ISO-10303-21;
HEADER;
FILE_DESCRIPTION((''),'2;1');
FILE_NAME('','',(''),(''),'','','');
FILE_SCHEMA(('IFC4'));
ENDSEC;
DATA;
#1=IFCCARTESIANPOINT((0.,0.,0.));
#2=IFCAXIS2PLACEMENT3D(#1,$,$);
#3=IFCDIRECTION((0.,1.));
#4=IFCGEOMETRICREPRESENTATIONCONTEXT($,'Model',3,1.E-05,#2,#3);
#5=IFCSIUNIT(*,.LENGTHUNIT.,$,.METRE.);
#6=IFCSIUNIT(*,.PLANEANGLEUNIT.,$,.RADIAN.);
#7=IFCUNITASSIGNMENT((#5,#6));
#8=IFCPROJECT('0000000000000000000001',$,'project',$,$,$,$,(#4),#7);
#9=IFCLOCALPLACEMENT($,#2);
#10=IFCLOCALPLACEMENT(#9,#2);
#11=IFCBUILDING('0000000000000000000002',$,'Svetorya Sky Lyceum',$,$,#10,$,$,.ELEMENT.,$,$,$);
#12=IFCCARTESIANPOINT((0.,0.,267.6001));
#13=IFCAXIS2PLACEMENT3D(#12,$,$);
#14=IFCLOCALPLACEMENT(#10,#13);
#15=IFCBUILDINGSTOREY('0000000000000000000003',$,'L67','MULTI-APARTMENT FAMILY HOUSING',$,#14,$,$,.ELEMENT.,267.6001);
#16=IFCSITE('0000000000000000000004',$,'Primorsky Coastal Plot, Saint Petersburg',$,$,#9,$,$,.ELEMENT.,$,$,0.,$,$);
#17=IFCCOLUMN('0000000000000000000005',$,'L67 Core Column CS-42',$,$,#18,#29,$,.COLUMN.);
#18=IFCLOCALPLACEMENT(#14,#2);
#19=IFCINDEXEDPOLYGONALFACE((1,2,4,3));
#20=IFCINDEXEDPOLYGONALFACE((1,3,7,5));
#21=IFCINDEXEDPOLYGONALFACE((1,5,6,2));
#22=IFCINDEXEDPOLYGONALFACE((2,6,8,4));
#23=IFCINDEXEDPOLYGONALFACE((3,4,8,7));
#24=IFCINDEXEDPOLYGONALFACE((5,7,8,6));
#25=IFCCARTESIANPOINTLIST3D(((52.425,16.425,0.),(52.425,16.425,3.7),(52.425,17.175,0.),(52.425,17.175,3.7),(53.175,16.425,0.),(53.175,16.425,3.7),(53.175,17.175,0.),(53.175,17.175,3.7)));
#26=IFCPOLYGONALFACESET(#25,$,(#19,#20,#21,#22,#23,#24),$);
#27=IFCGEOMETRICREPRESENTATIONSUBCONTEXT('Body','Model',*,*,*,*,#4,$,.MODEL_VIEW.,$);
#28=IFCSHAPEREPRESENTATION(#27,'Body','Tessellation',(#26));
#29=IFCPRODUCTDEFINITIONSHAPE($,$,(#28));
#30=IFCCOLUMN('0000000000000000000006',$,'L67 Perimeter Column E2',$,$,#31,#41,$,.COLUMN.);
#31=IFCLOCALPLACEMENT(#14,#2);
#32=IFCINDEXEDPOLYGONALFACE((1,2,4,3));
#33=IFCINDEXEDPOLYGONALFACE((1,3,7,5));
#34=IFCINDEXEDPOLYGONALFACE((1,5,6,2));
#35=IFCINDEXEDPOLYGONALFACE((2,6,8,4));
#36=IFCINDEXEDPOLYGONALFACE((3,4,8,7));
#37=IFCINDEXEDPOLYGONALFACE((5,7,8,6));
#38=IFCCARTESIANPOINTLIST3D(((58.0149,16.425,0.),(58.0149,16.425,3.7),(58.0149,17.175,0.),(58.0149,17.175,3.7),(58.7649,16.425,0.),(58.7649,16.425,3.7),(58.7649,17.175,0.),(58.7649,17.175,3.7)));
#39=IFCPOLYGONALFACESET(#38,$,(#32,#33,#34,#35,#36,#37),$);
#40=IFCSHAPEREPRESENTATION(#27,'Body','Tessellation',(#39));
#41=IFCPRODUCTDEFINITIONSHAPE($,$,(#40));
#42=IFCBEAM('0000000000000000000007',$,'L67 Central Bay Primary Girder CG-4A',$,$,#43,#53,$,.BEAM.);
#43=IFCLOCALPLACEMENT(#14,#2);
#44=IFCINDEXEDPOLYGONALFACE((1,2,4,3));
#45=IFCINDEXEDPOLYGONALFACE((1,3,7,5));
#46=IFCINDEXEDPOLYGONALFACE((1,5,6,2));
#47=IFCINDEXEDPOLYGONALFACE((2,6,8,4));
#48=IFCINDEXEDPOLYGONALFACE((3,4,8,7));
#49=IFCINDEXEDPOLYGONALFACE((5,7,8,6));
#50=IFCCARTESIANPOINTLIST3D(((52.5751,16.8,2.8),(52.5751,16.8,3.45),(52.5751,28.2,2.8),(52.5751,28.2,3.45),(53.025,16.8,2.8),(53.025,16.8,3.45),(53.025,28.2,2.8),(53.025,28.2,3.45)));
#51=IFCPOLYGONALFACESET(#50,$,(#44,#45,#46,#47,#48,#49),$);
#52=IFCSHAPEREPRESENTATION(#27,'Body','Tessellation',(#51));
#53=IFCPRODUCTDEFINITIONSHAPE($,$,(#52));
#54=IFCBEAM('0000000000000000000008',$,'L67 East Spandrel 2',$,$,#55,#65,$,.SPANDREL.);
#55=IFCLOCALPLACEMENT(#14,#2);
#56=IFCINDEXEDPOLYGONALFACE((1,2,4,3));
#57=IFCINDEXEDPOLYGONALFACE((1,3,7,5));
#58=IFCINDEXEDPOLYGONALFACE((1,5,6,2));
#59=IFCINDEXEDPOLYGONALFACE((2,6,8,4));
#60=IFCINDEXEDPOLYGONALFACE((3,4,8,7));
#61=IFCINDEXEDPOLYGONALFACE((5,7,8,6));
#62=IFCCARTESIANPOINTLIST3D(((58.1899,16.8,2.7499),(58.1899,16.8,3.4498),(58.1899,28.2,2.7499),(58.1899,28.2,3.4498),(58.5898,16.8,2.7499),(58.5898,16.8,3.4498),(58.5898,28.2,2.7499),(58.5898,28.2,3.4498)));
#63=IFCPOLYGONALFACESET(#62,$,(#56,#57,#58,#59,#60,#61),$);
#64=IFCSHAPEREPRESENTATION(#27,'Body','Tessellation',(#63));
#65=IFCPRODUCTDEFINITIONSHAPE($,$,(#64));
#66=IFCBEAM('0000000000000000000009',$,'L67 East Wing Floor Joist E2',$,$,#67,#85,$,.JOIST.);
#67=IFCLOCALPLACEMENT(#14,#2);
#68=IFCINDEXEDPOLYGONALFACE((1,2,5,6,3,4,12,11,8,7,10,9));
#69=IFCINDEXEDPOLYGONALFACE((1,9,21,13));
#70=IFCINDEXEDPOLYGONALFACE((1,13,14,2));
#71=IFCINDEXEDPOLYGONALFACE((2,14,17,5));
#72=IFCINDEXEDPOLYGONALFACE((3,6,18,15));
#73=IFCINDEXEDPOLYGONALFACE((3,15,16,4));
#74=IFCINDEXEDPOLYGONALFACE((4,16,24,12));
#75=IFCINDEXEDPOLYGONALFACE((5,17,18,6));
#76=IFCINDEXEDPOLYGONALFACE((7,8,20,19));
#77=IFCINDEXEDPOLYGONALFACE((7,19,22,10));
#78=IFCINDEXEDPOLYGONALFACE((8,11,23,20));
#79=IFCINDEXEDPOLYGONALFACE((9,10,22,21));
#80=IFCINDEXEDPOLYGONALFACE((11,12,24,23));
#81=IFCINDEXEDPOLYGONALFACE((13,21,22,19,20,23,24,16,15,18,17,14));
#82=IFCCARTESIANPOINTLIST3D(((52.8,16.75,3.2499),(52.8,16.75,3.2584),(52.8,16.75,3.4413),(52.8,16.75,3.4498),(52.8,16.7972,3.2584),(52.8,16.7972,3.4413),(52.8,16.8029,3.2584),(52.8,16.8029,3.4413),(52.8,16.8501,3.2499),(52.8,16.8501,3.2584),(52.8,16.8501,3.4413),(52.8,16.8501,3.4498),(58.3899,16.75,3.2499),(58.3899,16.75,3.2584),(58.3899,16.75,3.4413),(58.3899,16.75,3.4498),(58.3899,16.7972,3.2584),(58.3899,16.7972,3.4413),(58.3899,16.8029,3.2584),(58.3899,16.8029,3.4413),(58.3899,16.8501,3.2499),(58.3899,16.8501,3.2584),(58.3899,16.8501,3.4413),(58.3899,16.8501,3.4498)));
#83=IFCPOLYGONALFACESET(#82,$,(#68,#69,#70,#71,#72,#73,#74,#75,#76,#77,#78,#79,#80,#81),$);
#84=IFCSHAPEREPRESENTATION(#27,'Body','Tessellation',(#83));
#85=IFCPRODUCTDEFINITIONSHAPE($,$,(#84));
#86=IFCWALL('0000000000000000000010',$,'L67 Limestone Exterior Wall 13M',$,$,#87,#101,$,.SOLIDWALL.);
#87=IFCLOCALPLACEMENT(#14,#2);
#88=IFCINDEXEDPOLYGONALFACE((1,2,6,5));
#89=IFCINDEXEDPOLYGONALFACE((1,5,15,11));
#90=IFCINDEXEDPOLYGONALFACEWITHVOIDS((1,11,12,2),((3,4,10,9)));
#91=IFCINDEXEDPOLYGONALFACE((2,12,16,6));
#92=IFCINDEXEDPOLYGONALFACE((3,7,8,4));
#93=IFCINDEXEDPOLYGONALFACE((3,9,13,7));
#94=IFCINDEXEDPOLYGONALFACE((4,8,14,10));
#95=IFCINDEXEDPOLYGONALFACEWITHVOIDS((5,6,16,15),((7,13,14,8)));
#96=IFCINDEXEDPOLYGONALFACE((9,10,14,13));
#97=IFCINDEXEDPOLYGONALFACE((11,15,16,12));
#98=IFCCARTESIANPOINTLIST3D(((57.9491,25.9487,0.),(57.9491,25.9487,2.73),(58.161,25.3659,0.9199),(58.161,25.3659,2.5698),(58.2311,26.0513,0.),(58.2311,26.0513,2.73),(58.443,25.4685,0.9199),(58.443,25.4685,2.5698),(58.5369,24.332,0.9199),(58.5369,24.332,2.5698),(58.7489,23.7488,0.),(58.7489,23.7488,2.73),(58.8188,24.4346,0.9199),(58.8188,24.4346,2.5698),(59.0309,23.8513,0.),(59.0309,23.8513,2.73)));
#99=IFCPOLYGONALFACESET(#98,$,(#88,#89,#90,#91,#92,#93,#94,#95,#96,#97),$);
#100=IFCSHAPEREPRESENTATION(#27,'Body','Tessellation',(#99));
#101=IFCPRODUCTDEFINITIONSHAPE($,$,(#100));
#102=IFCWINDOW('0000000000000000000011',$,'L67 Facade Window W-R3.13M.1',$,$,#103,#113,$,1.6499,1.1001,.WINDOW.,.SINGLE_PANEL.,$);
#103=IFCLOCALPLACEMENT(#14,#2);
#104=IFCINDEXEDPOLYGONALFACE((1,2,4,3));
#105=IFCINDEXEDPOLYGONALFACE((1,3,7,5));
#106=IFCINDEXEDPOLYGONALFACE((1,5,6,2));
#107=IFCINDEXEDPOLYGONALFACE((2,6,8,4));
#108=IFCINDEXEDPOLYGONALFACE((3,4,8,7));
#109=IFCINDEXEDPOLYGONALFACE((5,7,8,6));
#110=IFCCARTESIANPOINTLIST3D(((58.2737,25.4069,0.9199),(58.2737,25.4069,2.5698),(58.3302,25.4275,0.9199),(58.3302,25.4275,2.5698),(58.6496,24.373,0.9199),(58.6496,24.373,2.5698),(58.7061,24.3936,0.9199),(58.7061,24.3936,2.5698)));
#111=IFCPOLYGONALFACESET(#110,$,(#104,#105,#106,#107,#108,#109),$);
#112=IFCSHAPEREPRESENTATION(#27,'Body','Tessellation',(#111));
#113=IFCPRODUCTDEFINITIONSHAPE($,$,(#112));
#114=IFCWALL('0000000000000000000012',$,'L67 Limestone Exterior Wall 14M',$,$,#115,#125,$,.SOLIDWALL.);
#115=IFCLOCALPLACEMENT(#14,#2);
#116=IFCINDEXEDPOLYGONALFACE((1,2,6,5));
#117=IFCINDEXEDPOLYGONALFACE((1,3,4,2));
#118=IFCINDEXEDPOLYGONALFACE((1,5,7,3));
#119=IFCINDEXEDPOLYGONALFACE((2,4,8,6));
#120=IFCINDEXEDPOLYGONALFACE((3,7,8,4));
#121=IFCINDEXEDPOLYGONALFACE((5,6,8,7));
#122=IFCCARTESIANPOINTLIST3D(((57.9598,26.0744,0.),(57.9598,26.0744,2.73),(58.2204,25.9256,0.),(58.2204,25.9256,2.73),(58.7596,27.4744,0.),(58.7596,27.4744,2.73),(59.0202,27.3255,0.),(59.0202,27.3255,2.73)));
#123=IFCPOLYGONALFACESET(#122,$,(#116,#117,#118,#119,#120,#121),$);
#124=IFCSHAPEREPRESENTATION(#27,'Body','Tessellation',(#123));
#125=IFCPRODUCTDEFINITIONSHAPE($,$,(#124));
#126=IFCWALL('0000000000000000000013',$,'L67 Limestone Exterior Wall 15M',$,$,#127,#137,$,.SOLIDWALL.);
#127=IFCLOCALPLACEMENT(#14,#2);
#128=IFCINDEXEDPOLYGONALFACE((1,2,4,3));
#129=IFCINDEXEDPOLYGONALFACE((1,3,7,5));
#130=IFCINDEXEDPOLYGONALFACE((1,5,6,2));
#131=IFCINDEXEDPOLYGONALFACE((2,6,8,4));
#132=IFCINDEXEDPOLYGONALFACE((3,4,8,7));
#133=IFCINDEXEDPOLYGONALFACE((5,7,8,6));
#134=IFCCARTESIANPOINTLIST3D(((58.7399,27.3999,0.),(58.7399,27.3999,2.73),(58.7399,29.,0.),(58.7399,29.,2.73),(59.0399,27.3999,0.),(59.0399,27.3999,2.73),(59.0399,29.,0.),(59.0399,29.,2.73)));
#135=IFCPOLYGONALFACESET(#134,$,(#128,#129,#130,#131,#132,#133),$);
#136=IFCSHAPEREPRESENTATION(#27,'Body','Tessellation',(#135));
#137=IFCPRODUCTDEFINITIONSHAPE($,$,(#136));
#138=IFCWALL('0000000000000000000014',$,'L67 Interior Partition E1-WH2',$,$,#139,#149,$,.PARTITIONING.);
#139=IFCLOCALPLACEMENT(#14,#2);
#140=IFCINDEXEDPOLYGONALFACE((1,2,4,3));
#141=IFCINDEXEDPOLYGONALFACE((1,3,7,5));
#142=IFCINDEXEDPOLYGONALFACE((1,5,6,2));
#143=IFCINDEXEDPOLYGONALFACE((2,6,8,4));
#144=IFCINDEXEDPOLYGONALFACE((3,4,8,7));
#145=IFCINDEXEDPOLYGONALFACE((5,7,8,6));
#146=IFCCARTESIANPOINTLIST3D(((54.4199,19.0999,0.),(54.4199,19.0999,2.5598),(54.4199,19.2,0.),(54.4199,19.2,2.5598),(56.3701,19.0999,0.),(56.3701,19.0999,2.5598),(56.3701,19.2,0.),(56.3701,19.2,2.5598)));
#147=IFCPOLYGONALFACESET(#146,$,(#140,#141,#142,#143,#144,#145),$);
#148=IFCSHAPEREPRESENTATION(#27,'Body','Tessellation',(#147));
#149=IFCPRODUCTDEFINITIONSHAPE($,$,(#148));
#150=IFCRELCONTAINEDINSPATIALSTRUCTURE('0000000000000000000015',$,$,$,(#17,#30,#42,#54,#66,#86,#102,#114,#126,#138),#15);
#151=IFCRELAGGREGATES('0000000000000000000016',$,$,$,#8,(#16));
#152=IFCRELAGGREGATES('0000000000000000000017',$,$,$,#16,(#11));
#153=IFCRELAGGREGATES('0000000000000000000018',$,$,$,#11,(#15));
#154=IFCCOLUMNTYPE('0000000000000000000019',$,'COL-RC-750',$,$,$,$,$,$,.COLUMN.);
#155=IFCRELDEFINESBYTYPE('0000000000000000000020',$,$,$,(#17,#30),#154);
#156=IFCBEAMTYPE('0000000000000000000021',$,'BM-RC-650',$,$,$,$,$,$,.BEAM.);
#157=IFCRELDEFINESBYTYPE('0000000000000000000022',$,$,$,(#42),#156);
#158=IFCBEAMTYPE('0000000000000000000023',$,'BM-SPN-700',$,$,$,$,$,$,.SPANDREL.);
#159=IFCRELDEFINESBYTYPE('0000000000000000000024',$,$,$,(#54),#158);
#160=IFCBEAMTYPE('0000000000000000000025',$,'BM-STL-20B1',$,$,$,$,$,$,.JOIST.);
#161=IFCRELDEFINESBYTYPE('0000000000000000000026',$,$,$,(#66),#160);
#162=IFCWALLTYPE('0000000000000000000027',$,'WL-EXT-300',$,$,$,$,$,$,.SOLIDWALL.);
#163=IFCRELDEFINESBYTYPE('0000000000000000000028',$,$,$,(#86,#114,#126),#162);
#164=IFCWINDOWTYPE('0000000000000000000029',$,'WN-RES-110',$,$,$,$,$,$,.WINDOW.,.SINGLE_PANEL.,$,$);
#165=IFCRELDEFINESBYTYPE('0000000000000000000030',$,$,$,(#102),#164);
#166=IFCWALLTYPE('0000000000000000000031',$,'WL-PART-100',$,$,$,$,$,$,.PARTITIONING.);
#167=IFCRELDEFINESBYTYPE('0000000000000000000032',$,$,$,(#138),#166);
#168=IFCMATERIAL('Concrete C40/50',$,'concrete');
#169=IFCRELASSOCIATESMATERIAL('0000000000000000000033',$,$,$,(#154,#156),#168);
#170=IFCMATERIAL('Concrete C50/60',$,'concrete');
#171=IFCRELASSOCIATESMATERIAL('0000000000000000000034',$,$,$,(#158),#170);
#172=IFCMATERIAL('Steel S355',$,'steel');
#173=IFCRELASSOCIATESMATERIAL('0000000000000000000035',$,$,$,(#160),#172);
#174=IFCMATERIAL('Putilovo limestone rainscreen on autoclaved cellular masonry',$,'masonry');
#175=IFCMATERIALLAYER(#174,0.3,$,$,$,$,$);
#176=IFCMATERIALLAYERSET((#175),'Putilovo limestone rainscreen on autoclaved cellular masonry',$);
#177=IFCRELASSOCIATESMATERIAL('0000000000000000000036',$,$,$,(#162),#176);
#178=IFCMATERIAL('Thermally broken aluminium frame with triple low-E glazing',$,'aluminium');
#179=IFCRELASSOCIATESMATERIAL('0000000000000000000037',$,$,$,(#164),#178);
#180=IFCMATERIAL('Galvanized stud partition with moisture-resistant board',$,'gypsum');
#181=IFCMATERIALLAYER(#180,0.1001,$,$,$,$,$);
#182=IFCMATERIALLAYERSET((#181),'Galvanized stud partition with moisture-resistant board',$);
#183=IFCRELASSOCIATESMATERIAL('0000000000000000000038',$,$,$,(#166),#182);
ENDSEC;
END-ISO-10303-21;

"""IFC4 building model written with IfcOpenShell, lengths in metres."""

from ifc_helpers import new_model, si_unit, direction, frame, frame_2d, origin, origin_2d, place, context, subcontext, project, spatial, rectangle, i_section, extrude, material, layer, layer_set, material_profile, profile_set, type_object, element, fill, save


model = new_model("IFC4")

# Units and contexts
model_context = context("Model", 3, precision=1e-05, world=origin(), true_north=direction((0.0, 1.0)))
body_context = subcontext(model_context, "Body", "Model", "MODEL_VIEW")
ifc_project = project(units=[si_unit("LENGTHUNIT", "METRE"), si_unit("PLANEANGLEUNIT", "RADIAN")], contexts=[model_context])

# Site, building, storey
site_placement = place(None, origin())
site = spatial("IfcSite", under=ifc_project, at=site_placement, Name="Primorsky Coastal Plot, Saint Petersburg", CompositionType="ELEMENT", RefElevation=0.0)
building_placement = place(site_placement, origin())
building = spatial("IfcBuilding", under=site, at=building_placement, Name="Svetorya Sky Lyceum", CompositionType="ELEMENT")
storey_placement = place(building_placement, frame((0.0, 0.0, 267.6001)))
storey = spatial("IfcBuildingStorey", under=building, at=storey_placement, Name="L67", Description="MULTI-APARTMENT FAMILY HOUSING", CompositionType="ELEMENT", Elevation=267.6001)

# Columns
ifc_material_1 = material(Name="Concrete C40/50", Category="concrete")
ifc_material_profile_1 = material_profile(ifc_material_1, rectangle(XDim=0.75, YDim=0.75, at=origin_2d()), Name="RC COL 750x750")
ifc_profile_set_1 = profile_set([ifc_material_profile_1], Name="Concrete C40/50")
column_type = type_object("IfcColumnType", Name="COL-RC-750", PredefinedType="COLUMN", material=ifc_profile_set_1)
for number, where, z_axis, x_axis, name in (
    (1, (52.8, 16.8, 0.0), (0.0, 0.0, 1.0), (1.0, 0.0, 0.0), "L67 Core Column CS-42"),
    (2, (58.3899, 16.8, 0.0), (0.0, 0.0, 1.0), (1.0, 0.0, 0.0), "L67 Perimeter Column E2"),
):
    element("IfcColumn", number, at=place(storey_placement, frame(where, z_axis=z_axis, x_axis=x_axis)), inside=storey, type_object=column_type, Name=name, PredefinedType="COLUMN", context=body_context, shape_type="SweptSolid", body=[
        extrude(rectangle(XDim=0.75, YDim=0.75, at=origin_2d()), origin(), (0.0, 0.0, 1.0), 3.7),
    ])

# Beams
ifc_material_profile_2 = material_profile(ifc_material_1, rectangle(XDim=0.45, YDim=0.6499, at=origin_2d()), Name="RC BEAM 450x650")
ifc_profile_set_2 = profile_set([ifc_material_profile_2], Name="Concrete C40/50")
beam_type_1 = type_object("IfcBeamType", Name="BM-RC-650", PredefinedType="BEAM", material=ifc_profile_set_2)
beam_1_placement = place(storey_placement, frame((52.8, 16.8, 3.125), z_axis=(0.0, 1.0, 0.0), x_axis=(-1.0, 0.0, 0.0)))
element("IfcBeam", 3, at=beam_1_placement, inside=storey, type_object=beam_type_1, Name="L67 Central Bay Primary Girder CG-4A", PredefinedType="BEAM", context=body_context, shape_type="SweptSolid", body=[
    extrude(rectangle(XDim=0.45, YDim=0.6499, at=origin_2d()), origin(), (0.0, 0.0, 1.0), 11.3999),
])
ifc_material_2 = material(Name="Concrete C50/60", Category="concrete")
ifc_material_profile_3 = material_profile(ifc_material_2, rectangle(XDim=0.3999, YDim=0.7, at=origin_2d()), Name="RC SPANDREL 400x700")
ifc_profile_set_3 = profile_set([ifc_material_profile_3], Name="Concrete C50/60")
beam_type_2 = type_object("IfcBeamType", Name="BM-SPN-700", PredefinedType="SPANDREL", material=ifc_profile_set_3)
beam_2_placement = place(storey_placement, frame((58.3899, 16.8, 3.0999), z_axis=(0.0, 1.0, 0.0), x_axis=(-1.0, 0.0, 0.0)))
element("IfcBeam", 4, at=beam_2_placement, inside=storey, type_object=beam_type_2, Name="L67 East Spandrel 2", PredefinedType="SPANDREL", context=body_context, shape_type="SweptSolid", body=[
    extrude(rectangle(XDim=0.3999, YDim=0.7, at=origin_2d()), origin(), (0.0, 0.0, 1.0), 11.3999),
])
ifc_material_3 = material(Name="Steel S355", Category="steel")
ifc_material_profile_4 = material_profile(ifc_material_3, i_section(OverallWidth=0.1001, OverallDepth=0.2, WebThickness=0.0056, FlangeThickness=0.0085, at=origin_2d()), Name="GOST 20B1")
ifc_profile_set_4 = profile_set([ifc_material_profile_4], Name="Steel S355")
beam_type_3 = type_object("IfcBeamType", Name="BM-STL-20B1", PredefinedType="JOIST", material=ifc_profile_set_4)
beam_3_placement = place(storey_placement, frame((52.8, 16.8, 3.3499), z_axis=(1.0, 0.0, 0.0), x_axis=(0.0, 1.0, 0.0)))
element("IfcBeam", 5, at=beam_3_placement, inside=storey, type_object=beam_type_3, Name="L67 East Wing Floor Joist E2", PredefinedType="JOIST", context=body_context, shape_type="SweptSolid", body=[
    extrude(i_section(OverallWidth=0.1001, OverallDepth=0.2, WebThickness=0.0056, FlangeThickness=0.0085, at=origin_2d()), origin(), (0.0, 0.0, 1.0), 5.5898),
])

# Wall, opening, window
ifc_material_4 = material(Name="Putilovo limestone rainscreen on autoclaved cellular masonry", Category="masonry")
ifc_layer_1 = layer(ifc_material_4, 0.3)
ifc_layer_set_1 = layer_set([ifc_layer_1], Name="Putilovo limestone rainscreen on autoclaved cellular masonry")
wall_type_1 = type_object("IfcWallType", Name="WL-EXT-300", PredefinedType="SOLIDWALL", material=ifc_layer_set_1)
wall_1_placement = place(storey_placement, frame((58.8899, 23.8, 0.0), z_axis=(0.0, 0.0, 1.0), x_axis=(-0.341676, 0.939818, 0.0)))
wall_1 = element("IfcWall", 6, at=wall_1_placement, inside=storey, type_object=wall_type_1, Name="L67 Limestone Exterior Wall 13M", PredefinedType="SOLIDWALL", context=body_context, shape_type="SweptSolid", body=[
    extrude(rectangle(XDim=2.3408, YDim=0.3, at=frame_2d((1.1704, 0.0))), origin(), (0.0, 0.0, 1.0), 2.73),
])
opening_1_placement = place(wall_1_placement, frame((0.6206, 0.0, 0.9199)))
opening_1 = element("IfcOpeningElement", 7, at=opening_1_placement, cuts=wall_1, PredefinedType="OPENING", context=body_context, shape_type="SweptSolid", body=[
    extrude(rectangle(XDim=1.1001, YDim=1.6499, at=frame_2d((0.55, 0.825))), frame((0.0, 0.1599, 0.0), z_axis=(0.0, -1.0, 0.0), x_axis=(1.0, 0.0, 0.0)), (0.0, 0.0, 1.0), 0.3201),
])
ifc_material_5 = material(Name="Thermally broken aluminium frame with triple low-E glazing", Category="aluminium")
window_type = type_object("IfcWindowType", Name="WN-RES-110", PartitioningType="SINGLE_PANEL", PredefinedType="WINDOW", material=ifc_material_5)
window_placement = place(opening_1_placement, origin())
window = element("IfcWindow", 8, at=window_placement, inside=storey, type_object=window_type, Name="L67 Facade Window W-R3.13M.1", OverallHeight=1.6499, OverallWidth=1.1001, PartitioningType="SINGLE_PANEL", PredefinedType="WINDOW", context=body_context, shape_type="SweptSolid", body=[
    extrude(rectangle(XDim=1.1001, YDim=1.6499, at=frame_2d((0.55, 0.825))), frame((0.0, 0.03, 0.0), z_axis=(0.0, -1.0, 0.0), x_axis=(1.0, 0.0, 0.0)), (0.0, 0.0, 1.0), 0.0601),
])
fill(opening_1, window)

# Walls
wall_2_placement = place(storey_placement, frame((58.0901, 26.0, 0.0), z_axis=(0.0, 0.0, 1.0), x_axis=(0.496074, 0.86828, 0.0)))
element("IfcWall", 9, at=wall_2_placement, inside=storey, type_object=wall_type_1, Name="L67 Limestone Exterior Wall 14M", PredefinedType="SOLIDWALL", context=body_context, shape_type="SweptSolid", body=[
    extrude(rectangle(XDim=1.6123, YDim=0.3, at=frame_2d((0.8062, 0.0))), origin(), (0.0, 0.0, 1.0), 2.73),
])
wall_3_placement = place(storey_placement, frame((58.8899, 27.3999, 0.0), z_axis=(0.0, 0.0, 1.0), x_axis=(0.0, 1.0, 0.0)))
element("IfcWall", 10, at=wall_3_placement, inside=storey, type_object=wall_type_1, Name="L67 Limestone Exterior Wall 15M", PredefinedType="SOLIDWALL", context=body_context, shape_type="SweptSolid", body=[
    extrude(rectangle(XDim=1.6001, YDim=0.3, at=frame_2d((0.8, 0.0))), origin(), (0.0, 0.0, 1.0), 2.73),
])
ifc_material_6 = material(Name="Galvanized stud partition with moisture-resistant board", Category="gypsum")
ifc_layer_2 = layer(ifc_material_6, 0.1001)
ifc_layer_set_2 = layer_set([ifc_layer_2], Name="Galvanized stud partition with moisture-resistant board")
wall_type_2 = type_object("IfcWallType", Name="WL-PART-100", PredefinedType="PARTITIONING", material=ifc_layer_set_2)
wall_4_placement = place(storey_placement, frame((54.4199, 19.1499, 0.0), z_axis=(0.0, 0.0, 1.0), x_axis=(1.0, 0.0, 0.0)))
element("IfcWall", 11, at=wall_4_placement, inside=storey, type_object=wall_type_2, Name="L67 Interior Partition E1-WH2", PredefinedType="PARTITIONING", context=body_context, shape_type="SweptSolid", body=[
    extrude(rectangle(XDim=1.9502, YDim=0.1001, at=frame_2d((0.9751, 0.0))), origin(), (0.0, 0.0, 1.0), 2.5598),
])

save(model, "model.ifc")
